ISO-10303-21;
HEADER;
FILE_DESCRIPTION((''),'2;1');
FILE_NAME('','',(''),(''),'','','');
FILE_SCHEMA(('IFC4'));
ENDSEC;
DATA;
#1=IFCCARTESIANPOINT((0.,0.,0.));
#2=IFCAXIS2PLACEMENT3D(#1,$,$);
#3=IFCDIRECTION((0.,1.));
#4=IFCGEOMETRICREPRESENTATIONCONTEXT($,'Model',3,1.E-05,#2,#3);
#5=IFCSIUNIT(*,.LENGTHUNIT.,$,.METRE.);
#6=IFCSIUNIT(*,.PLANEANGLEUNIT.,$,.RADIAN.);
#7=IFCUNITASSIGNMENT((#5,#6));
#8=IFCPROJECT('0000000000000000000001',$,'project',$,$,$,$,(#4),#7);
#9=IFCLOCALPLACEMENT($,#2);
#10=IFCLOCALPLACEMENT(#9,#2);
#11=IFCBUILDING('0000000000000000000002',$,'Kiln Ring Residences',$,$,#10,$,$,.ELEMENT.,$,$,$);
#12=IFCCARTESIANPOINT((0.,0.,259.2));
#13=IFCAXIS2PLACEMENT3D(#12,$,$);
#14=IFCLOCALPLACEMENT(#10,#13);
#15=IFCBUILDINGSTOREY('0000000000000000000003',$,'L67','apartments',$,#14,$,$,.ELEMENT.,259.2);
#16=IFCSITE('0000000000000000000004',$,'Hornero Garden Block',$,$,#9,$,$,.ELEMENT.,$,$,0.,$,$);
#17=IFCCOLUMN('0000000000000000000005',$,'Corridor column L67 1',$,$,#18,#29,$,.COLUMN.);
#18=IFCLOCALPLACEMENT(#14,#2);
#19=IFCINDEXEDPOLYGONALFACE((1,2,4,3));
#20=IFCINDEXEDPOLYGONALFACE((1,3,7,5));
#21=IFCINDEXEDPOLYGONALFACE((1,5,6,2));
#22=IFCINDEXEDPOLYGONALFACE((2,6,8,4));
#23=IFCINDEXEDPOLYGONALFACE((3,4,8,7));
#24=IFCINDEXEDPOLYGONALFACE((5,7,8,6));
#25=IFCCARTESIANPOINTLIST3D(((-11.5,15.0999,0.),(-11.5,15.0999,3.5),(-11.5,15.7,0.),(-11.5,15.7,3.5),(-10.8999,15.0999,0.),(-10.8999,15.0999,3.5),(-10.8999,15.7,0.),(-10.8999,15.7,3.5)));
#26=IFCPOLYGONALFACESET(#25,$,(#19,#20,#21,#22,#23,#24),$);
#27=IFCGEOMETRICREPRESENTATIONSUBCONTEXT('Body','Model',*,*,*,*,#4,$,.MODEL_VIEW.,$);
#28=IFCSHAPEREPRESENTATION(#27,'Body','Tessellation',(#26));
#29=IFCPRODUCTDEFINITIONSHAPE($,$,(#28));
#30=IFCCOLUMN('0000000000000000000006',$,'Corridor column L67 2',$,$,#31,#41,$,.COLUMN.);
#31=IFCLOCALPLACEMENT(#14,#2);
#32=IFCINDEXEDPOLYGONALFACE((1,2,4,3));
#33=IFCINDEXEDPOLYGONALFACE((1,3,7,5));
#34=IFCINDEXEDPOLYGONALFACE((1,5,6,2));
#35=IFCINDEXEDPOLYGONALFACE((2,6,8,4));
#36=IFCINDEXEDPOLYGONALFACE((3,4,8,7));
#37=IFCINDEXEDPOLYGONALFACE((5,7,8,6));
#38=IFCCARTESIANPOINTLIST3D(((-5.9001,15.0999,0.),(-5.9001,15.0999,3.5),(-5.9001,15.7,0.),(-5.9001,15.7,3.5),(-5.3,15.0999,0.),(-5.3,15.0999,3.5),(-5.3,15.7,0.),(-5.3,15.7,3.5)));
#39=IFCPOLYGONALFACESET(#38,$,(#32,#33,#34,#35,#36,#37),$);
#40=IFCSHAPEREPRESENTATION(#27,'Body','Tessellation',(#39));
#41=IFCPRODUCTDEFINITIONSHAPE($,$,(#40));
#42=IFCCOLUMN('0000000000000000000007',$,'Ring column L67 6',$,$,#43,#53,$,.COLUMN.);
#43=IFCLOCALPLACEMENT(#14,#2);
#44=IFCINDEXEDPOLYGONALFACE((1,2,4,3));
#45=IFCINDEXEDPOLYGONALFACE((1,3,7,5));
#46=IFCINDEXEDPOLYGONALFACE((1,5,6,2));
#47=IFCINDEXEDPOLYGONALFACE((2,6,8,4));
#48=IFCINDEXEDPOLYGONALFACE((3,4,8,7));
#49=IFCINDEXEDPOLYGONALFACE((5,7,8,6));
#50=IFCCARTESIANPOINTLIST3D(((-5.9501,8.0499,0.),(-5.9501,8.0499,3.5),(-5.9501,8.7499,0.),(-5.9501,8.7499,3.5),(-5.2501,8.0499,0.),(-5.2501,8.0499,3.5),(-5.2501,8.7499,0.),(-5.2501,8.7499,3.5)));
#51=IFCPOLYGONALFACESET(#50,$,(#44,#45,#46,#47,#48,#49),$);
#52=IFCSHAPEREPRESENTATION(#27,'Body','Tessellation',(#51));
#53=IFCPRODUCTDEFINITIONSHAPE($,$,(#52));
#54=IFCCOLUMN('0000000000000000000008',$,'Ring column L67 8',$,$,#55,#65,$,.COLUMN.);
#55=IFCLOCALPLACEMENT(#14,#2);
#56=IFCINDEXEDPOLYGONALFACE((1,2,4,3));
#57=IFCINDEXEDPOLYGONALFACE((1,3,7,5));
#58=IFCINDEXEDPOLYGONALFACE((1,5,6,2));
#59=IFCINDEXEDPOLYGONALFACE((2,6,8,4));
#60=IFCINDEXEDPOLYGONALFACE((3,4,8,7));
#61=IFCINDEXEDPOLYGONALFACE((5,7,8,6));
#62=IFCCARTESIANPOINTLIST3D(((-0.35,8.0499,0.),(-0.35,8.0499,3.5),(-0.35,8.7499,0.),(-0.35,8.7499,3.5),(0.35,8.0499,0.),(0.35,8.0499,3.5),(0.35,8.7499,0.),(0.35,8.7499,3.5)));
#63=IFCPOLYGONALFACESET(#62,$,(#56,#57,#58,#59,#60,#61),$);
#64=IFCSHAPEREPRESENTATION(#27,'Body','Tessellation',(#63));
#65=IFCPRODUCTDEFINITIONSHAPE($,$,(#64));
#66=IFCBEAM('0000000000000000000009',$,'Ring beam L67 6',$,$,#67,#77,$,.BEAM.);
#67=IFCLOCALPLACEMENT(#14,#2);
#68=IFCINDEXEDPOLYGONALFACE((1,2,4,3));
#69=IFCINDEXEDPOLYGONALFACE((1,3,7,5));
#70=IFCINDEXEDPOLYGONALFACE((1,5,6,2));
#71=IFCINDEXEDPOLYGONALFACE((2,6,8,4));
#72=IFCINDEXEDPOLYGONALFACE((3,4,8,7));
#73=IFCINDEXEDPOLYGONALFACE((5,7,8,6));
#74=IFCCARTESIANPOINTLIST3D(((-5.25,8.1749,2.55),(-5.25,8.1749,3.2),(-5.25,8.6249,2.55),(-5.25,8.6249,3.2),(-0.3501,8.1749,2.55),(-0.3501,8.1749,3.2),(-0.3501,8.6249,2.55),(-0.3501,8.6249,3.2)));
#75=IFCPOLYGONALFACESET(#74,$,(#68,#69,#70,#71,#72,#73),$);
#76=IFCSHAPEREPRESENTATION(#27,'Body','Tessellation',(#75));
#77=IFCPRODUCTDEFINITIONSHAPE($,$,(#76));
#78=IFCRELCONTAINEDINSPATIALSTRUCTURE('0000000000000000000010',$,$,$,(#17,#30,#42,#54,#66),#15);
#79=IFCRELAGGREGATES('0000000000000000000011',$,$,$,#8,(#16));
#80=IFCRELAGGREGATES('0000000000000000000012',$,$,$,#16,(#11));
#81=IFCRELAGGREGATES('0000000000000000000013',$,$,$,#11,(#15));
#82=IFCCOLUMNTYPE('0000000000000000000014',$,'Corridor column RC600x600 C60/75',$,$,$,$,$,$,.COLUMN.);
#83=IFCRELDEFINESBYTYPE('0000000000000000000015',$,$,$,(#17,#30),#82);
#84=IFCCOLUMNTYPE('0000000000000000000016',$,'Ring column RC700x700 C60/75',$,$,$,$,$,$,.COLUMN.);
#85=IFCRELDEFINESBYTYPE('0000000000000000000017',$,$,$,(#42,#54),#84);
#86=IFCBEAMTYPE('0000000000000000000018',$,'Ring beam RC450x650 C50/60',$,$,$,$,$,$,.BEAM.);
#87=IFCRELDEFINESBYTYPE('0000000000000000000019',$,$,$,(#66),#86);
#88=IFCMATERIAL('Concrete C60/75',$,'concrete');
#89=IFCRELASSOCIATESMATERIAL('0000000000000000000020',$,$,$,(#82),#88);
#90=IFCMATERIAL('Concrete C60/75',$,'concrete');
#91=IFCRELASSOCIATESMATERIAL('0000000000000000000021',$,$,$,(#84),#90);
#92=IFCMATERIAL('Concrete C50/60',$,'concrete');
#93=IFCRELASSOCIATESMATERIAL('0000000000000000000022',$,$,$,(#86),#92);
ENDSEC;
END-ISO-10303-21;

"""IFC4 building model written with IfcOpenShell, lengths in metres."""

from ifc_helpers import new_model, si_unit, direction, frame, origin, origin_2d, place, context, subcontext, project, spatial, rectangle, extrude, material, material_profile, profile_set, type_object, element, save


model = new_model("IFC4")

# Units and contexts
model_context = context("Model", 3, precision=1e-05, world=origin(), true_north=direction((0.0, 1.0)))
body_context = subcontext(model_context, "Body", "Model", "MODEL_VIEW")
ifc_project = project(units=[si_unit("LENGTHUNIT", "METRE"), si_unit("PLANEANGLEUNIT", "RADIAN")], contexts=[model_context])

# Site, building, storey
site_placement = place(None, origin())
site = spatial("IfcSite", under=ifc_project, at=site_placement, Name="Hornero Garden Block", CompositionType="ELEMENT", RefElevation=0.0)
building_placement = place(site_placement, origin())
building = spatial("IfcBuilding", under=site, at=building_placement, Name="Kiln Ring Residences", CompositionType="ELEMENT")
storey_placement = place(building_placement, frame((0.0, 0.0, 259.2)))
storey = spatial("IfcBuildingStorey", under=building, at=storey_placement, Name="L67", Description="apartments", CompositionType="ELEMENT", Elevation=259.2)

# Columns
ifc_material_1 = material(Name="Concrete C60/75", Category="concrete")
ifc_material_profile_1 = material_profile(ifc_material_1, rectangle(XDim=0.6001, YDim=0.6001, at=origin_2d()), Name="RC600x600")
ifc_profile_set_1 = profile_set([ifc_material_profile_1], Name="Concrete C60/75")
column_type_1 = type_object("IfcColumnType", Name="Corridor column RC600x600 C60/75", PredefinedType="COLUMN", material=ifc_profile_set_1)
for number, where, z_axis, x_axis, name in (
    (1, (-11.2, 15.3999, 0.0), (0.0, 0.0, 1.0), (1.0, 0.0, 0.0), "Corridor column L67 1"),
    (2, (-5.6001, 15.3999, 0.0), (0.0, 0.0, 1.0), (1.0, 0.0, 0.0), "Corridor column L67 2"),
):
    element("IfcColumn", number, at=place(storey_placement, frame(where, z_axis=z_axis, x_axis=x_axis)), inside=storey, type_object=column_type_1, Name=name, PredefinedType="COLUMN", context=body_context, shape_type="SweptSolid", body=[
        extrude(rectangle(XDim=0.6001, YDim=0.6001, at=origin_2d()), origin(), (0.0, 0.0, 1.0), 3.5),
    ])
ifc_material_2 = material(Name="Concrete C60/75", Category="concrete")
ifc_material_profile_2 = material_profile(ifc_material_2, rectangle(XDim=0.7, YDim=0.7, at=origin_2d()), Name="RC700x700")
ifc_profile_set_2 = profile_set([ifc_material_profile_2], Name="Concrete C60/75")
column_type_2 = type_object("IfcColumnType", Name="Ring column RC700x700 C60/75", PredefinedType="COLUMN", material=ifc_profile_set_2)
for number, where, z_axis, x_axis, name in (
    (3, (-5.6001, 8.3999, 0.0), (0.0, 0.0, 1.0), (1.0, 0.0, 0.0), "Ring column L67 6"),
    (4, (0.0, 8.3999, 0.0), (0.0, 0.0, 1.0), (1.0, 0.0, 0.0), "Ring column L67 8"),
):
    element("IfcColumn", number, at=place(storey_placement, frame(where, z_axis=z_axis, x_axis=x_axis)), inside=storey, type_object=column_type_2, Name=name, PredefinedType="COLUMN", context=body_context, shape_type="SweptSolid", body=[
        extrude(rectangle(XDim=0.7, YDim=0.7, at=origin_2d()), origin(), (0.0, 0.0, 1.0), 3.5),
    ])

# Beam
ifc_material_3 = material(Name="Concrete C50/60", Category="concrete")
ifc_material_profile_3 = material_profile(ifc_material_3, rectangle(XDim=0.45, YDim=0.6499, at=origin_2d()), Name="RC450x650")
ifc_profile_set_3 = profile_set([ifc_material_profile_3], Name="Concrete C50/60")
beam_type = type_object("IfcBeamType", Name="Ring beam RC450x650 C50/60", PredefinedType="BEAM", material=ifc_profile_set_3)
beam_placement = place(storey_placement, frame((-5.25, 8.3999, 2.875), z_axis=(1.0, 0.0, 0.0), x_axis=(0.0, 1.0, 0.0)))
element("IfcBeam", 5, at=beam_placement, inside=storey, type_object=beam_type, Name="Ring beam L67 6", PredefinedType="BEAM", context=body_context, shape_type="SweptSolid", body=[
    extrude(rectangle(XDim=0.45, YDim=0.6499, at=origin_2d()), origin(), (0.0, 0.0, 1.0), 4.8999),
])

save(model, "model.ifc")
